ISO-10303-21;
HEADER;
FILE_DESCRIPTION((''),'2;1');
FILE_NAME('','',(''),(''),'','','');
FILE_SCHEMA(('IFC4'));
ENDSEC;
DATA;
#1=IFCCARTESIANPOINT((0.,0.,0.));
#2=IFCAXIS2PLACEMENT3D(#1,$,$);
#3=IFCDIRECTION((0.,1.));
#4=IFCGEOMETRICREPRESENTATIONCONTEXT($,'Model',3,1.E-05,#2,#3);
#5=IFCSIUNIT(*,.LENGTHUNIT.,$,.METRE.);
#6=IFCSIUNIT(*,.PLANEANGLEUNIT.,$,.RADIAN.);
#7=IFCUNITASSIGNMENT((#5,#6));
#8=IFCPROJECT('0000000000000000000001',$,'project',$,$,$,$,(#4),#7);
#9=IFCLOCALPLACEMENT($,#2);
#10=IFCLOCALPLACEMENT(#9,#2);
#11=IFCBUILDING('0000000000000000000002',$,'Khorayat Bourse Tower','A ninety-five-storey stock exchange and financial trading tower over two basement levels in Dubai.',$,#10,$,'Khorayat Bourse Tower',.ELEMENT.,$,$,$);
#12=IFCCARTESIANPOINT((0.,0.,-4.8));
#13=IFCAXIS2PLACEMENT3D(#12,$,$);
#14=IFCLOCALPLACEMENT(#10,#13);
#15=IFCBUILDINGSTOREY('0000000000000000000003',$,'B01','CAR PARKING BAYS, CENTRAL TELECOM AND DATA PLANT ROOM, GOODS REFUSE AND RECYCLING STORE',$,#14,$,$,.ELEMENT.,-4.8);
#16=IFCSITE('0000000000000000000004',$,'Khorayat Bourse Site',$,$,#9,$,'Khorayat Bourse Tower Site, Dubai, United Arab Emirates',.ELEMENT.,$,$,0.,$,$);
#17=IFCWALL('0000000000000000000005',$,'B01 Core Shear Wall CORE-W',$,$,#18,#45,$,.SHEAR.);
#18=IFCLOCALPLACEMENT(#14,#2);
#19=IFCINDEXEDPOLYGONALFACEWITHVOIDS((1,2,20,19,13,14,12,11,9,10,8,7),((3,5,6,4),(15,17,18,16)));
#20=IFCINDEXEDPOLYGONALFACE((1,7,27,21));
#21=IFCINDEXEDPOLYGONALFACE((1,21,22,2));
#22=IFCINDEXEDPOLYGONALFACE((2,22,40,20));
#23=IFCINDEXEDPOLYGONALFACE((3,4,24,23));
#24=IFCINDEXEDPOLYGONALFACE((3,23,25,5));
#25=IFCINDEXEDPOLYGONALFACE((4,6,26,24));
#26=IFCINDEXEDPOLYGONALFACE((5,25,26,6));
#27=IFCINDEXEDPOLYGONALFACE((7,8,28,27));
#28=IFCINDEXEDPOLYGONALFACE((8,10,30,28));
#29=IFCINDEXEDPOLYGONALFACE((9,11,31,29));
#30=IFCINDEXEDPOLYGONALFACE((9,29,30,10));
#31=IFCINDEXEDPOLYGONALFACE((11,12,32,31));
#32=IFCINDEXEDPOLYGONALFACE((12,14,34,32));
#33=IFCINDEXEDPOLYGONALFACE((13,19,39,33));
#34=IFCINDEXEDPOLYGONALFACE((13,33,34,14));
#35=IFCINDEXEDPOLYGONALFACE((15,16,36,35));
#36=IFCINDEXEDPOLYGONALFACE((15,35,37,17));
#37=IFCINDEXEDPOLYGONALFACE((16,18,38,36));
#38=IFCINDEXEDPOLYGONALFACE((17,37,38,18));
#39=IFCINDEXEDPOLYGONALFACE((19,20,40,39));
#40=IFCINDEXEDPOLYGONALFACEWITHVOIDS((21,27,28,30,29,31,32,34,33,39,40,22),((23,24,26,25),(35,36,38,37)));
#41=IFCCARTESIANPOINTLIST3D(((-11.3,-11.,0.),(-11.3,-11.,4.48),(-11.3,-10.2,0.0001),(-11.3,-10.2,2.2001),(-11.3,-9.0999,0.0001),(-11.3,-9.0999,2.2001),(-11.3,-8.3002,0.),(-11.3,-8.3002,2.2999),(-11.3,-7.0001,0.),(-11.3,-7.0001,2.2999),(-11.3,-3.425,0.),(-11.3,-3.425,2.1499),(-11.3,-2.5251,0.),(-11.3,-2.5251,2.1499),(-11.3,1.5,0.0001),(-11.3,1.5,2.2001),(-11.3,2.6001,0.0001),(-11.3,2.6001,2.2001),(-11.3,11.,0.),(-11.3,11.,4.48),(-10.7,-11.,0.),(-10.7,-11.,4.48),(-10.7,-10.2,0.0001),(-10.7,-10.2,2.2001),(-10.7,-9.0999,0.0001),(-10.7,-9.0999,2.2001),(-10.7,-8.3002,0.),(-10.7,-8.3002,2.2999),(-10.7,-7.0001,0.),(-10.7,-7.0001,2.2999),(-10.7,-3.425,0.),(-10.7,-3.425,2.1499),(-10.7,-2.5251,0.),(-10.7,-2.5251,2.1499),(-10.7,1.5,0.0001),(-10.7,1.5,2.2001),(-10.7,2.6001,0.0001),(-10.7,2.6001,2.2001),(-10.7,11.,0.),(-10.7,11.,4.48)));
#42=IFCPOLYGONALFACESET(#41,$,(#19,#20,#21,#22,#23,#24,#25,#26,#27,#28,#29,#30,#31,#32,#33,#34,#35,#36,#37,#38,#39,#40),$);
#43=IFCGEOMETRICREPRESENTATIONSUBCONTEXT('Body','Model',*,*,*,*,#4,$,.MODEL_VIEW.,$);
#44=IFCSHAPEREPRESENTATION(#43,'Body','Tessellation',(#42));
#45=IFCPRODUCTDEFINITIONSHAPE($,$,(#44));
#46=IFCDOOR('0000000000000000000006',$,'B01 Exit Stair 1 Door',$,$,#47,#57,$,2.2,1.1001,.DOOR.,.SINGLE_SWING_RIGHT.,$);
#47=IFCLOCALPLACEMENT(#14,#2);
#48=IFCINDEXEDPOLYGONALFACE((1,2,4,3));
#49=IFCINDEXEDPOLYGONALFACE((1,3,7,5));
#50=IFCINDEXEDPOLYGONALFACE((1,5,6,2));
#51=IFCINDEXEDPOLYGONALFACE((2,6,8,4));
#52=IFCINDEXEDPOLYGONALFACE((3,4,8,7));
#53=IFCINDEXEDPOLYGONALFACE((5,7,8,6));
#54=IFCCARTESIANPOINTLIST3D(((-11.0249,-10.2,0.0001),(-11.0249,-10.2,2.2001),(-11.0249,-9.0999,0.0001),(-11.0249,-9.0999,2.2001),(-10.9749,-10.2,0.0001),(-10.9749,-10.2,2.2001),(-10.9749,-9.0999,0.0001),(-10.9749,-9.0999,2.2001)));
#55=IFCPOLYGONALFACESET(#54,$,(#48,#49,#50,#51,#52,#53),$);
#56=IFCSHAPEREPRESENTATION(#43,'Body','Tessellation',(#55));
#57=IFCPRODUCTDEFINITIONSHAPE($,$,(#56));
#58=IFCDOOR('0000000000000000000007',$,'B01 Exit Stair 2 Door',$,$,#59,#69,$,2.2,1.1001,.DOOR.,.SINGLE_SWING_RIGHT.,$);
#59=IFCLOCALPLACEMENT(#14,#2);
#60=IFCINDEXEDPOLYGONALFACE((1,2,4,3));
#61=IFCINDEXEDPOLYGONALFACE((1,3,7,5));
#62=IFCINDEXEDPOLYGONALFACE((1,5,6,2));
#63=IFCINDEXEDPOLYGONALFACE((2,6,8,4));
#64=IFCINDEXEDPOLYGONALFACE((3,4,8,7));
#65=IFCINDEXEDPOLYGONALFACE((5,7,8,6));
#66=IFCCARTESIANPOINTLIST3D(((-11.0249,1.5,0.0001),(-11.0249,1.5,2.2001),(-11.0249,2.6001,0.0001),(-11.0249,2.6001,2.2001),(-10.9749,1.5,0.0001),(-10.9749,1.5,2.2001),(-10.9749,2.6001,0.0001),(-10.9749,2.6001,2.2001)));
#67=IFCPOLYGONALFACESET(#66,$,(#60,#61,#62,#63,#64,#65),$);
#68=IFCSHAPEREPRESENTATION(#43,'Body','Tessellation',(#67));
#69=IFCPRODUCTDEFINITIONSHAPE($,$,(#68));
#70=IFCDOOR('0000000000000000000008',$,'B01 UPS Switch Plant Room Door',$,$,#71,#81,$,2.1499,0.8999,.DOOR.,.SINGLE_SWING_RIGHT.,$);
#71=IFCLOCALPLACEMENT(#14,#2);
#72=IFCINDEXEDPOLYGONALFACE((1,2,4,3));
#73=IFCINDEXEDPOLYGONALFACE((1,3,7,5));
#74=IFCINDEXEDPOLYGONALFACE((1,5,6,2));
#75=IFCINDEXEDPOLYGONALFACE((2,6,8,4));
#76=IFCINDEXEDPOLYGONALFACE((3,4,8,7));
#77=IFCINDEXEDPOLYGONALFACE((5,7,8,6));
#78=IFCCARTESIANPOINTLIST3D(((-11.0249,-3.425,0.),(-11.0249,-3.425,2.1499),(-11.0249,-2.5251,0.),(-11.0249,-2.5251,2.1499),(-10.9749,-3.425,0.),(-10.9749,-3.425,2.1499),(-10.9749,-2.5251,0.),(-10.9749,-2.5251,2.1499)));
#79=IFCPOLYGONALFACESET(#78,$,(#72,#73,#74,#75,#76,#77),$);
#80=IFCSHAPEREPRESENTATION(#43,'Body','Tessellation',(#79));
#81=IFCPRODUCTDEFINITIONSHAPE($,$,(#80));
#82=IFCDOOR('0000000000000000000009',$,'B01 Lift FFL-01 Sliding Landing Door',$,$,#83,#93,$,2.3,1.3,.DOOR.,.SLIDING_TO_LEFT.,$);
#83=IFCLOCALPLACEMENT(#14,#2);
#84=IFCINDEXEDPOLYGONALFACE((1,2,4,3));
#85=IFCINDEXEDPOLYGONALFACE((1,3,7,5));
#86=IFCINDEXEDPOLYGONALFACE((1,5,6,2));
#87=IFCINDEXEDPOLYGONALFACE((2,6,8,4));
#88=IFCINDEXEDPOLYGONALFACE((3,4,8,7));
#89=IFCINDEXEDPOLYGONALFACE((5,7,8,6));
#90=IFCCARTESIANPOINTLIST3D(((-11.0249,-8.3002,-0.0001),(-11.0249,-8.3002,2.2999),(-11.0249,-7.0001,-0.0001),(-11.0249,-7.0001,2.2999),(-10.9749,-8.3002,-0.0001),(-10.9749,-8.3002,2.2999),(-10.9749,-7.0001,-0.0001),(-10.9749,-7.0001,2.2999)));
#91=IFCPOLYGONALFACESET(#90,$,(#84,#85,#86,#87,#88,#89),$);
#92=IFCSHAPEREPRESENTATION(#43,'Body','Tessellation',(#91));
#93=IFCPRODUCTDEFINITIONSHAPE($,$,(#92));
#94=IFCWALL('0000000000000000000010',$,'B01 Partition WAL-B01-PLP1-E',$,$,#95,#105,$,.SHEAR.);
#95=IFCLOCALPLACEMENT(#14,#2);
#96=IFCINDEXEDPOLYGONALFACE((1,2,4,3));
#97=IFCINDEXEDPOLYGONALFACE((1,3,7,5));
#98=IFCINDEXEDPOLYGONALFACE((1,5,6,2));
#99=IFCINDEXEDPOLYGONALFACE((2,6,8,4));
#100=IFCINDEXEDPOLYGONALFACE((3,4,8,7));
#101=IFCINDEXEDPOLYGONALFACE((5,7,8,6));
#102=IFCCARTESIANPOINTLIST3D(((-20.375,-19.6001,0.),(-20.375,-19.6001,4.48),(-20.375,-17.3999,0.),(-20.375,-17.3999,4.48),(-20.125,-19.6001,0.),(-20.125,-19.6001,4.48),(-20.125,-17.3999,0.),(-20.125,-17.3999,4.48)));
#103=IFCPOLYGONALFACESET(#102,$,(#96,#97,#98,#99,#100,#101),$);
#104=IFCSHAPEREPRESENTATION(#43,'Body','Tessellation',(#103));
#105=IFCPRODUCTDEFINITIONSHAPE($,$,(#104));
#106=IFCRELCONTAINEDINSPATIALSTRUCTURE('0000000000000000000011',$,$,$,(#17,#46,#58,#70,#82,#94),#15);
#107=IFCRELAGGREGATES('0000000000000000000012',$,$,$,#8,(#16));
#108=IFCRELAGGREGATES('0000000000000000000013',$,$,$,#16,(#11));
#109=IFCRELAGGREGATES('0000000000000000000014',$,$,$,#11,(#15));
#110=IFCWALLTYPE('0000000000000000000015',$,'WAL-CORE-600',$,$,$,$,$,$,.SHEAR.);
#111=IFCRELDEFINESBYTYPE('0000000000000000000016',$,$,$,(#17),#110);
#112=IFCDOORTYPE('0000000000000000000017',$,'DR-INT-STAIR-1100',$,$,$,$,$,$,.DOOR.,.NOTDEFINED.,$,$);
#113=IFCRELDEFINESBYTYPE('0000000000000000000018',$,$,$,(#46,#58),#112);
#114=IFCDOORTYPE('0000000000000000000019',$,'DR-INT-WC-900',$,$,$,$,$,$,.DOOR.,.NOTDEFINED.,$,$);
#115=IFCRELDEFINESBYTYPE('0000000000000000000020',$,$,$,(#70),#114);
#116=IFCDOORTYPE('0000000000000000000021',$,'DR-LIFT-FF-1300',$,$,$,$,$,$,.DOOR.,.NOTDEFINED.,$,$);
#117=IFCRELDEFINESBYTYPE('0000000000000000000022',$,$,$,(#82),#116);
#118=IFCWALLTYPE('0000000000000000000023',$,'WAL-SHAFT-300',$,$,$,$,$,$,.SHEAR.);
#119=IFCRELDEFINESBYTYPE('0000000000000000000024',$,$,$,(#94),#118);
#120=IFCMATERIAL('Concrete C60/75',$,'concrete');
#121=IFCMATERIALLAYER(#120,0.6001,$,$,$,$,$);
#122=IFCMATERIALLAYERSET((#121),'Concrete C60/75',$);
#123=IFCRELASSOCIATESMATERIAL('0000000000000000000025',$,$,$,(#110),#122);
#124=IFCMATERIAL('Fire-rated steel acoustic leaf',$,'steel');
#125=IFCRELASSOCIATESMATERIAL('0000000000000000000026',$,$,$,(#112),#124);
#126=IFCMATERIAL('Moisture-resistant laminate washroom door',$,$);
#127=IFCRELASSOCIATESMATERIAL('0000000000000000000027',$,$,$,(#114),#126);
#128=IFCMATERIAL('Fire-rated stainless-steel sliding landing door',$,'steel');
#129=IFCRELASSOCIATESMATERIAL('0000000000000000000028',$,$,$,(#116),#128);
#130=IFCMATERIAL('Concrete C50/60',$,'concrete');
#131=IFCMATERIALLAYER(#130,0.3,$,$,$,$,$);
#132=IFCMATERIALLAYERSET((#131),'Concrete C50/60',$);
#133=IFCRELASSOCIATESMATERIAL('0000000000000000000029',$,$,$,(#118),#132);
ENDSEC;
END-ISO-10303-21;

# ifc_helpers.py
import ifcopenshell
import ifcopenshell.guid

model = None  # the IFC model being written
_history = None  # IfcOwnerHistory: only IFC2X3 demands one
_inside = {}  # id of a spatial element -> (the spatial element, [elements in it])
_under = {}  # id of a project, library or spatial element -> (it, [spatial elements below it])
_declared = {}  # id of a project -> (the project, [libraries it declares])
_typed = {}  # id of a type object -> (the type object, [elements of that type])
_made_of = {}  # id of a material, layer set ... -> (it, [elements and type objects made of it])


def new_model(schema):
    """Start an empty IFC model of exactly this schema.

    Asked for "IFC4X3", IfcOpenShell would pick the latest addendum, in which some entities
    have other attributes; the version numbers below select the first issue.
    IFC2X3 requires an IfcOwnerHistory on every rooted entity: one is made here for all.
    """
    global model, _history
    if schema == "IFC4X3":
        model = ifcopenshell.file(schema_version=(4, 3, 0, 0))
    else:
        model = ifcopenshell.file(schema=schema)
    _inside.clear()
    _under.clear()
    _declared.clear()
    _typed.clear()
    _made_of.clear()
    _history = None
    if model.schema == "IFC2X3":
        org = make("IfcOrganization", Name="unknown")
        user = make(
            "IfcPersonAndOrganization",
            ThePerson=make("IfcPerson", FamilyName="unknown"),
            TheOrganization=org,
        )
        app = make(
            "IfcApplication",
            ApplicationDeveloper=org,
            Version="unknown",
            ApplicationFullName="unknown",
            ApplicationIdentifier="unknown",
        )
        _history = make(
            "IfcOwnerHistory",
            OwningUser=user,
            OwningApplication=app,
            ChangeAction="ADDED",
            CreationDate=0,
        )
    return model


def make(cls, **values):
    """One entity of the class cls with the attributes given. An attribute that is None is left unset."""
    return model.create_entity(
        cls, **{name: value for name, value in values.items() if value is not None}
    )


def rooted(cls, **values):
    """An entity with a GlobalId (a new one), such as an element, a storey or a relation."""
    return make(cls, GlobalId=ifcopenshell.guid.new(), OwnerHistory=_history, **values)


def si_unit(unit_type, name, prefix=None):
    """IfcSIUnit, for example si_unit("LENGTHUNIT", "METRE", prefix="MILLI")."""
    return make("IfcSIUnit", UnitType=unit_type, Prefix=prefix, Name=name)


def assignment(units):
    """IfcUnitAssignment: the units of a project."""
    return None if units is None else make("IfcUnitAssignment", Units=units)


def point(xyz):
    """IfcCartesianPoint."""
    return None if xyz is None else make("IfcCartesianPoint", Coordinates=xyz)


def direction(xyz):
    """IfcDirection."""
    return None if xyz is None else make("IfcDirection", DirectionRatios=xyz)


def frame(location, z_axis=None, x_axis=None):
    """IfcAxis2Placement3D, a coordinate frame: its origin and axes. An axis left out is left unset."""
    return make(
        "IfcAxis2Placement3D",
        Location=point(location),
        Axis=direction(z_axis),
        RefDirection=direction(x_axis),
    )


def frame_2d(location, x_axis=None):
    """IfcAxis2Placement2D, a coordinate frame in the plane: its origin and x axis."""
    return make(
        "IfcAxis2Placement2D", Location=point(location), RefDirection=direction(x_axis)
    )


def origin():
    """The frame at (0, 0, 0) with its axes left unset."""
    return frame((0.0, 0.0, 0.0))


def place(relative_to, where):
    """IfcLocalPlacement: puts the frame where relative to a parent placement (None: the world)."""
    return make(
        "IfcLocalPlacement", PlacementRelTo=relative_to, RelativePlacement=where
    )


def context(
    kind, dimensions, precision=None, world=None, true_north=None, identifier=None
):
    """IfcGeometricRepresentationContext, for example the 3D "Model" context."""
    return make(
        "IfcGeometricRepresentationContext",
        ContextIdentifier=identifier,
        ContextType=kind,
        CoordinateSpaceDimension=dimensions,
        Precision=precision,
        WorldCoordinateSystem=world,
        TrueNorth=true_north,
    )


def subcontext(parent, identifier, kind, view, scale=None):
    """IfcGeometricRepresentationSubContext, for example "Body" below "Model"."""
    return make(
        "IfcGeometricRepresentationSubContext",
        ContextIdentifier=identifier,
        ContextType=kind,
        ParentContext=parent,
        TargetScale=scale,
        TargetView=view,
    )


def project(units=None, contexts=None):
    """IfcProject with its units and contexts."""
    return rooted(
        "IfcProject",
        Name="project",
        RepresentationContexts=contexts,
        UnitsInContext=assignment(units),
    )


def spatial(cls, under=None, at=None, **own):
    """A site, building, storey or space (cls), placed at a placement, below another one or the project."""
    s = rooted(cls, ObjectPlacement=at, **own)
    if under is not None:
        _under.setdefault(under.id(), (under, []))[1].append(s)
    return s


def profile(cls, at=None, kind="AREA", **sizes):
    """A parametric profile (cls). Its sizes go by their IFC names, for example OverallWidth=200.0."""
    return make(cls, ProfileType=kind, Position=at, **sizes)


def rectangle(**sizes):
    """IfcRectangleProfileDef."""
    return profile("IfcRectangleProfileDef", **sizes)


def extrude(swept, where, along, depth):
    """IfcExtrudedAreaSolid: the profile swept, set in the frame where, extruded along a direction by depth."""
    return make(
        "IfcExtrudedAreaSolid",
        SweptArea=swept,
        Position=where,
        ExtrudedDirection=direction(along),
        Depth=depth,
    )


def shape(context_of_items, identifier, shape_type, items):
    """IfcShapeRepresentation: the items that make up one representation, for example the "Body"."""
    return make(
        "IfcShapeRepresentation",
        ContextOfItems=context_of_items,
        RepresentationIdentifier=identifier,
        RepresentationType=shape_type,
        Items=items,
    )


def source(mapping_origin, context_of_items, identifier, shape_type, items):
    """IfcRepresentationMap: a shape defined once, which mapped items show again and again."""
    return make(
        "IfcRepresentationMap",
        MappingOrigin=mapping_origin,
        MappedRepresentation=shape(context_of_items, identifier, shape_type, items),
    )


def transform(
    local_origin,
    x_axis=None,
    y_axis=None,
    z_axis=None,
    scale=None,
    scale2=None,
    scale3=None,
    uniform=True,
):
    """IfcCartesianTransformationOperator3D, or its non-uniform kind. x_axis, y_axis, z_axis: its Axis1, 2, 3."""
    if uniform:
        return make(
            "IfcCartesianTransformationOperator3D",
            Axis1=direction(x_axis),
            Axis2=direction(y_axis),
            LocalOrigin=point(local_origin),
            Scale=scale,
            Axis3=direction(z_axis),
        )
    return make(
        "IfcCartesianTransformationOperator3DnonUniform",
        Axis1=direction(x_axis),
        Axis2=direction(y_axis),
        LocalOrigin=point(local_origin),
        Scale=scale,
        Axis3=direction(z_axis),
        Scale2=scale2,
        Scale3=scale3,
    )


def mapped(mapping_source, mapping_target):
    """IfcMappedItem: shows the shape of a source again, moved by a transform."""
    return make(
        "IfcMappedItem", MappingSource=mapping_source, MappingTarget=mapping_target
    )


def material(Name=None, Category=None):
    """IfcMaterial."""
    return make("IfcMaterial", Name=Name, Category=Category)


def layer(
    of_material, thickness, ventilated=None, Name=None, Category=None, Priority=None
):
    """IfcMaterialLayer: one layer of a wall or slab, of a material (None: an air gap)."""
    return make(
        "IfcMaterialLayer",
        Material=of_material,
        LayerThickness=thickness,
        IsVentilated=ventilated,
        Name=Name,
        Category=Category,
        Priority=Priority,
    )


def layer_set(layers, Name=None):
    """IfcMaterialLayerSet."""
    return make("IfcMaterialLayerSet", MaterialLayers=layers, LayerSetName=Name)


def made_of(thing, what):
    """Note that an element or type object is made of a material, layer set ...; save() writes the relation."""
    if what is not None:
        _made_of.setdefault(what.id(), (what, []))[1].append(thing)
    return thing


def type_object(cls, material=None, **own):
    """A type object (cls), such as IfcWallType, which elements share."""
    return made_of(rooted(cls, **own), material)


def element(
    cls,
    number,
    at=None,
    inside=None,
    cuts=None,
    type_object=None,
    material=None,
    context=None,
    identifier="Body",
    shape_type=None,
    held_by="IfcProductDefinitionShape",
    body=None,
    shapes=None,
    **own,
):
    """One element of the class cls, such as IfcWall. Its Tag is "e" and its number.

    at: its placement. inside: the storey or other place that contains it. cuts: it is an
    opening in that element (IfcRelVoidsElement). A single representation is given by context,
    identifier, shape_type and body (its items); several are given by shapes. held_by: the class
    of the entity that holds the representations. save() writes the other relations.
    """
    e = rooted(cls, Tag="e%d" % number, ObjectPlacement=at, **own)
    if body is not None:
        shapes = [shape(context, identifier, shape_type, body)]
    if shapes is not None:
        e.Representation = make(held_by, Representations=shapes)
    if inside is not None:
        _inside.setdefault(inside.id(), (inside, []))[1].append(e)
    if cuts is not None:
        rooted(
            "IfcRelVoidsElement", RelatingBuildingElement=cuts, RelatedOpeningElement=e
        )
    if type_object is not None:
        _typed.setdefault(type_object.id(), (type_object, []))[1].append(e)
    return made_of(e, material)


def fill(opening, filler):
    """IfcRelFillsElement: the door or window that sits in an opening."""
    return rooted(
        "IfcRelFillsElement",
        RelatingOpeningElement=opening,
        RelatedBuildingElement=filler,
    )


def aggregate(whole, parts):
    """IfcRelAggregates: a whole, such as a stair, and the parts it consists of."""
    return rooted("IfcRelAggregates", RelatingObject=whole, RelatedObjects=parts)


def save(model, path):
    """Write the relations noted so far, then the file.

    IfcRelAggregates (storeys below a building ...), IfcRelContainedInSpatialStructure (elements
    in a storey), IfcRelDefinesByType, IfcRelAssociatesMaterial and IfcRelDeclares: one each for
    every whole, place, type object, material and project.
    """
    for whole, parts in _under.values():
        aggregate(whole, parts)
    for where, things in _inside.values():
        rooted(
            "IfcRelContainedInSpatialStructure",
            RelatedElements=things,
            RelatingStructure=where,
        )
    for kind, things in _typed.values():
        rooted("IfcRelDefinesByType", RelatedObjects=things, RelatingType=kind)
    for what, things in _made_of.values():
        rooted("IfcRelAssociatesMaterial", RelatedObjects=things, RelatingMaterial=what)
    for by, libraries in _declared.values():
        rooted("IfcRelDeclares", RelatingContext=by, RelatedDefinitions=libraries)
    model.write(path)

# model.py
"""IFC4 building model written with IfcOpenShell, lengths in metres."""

from ifc_helpers import new_model, si_unit, direction, frame, frame_2d, origin, place, context, subcontext, project, spatial, rectangle, extrude, source, transform, mapped, material, layer, layer_set, type_object, element, fill, save


model = new_model("IFC4")

# Units and contexts
model_context = context("Model", 3, precision=1e-05, world=origin(), true_north=direction((0.0, 1.0)))
body_context = subcontext(model_context, "Body", "Model", "MODEL_VIEW")
ifc_project = project(units=[si_unit("LENGTHUNIT", "METRE"), si_unit("PLANEANGLEUNIT", "RADIAN")], contexts=[model_context])

# Site, building, storey
site_placement = place(None, origin())
site = spatial("IfcSite", under=ifc_project, at=site_placement, Name="Khorayat Bourse Site", LongName="Khorayat Bourse Tower Site, Dubai, United Arab Emirates", CompositionType="ELEMENT", RefElevation=0.0)
building_placement = place(site_placement, origin())
building = spatial("IfcBuilding", under=site, at=building_placement, Name="Khorayat Bourse Tower", Description="A ninety-five-storey stock exchange and financial trading tower over two basement levels in Dubai.", LongName="Khorayat Bourse Tower", CompositionType="ELEMENT")
storey_placement = place(building_placement, frame((0.0, 0.0, -4.8)))
storey = spatial("IfcBuildingStorey", under=building, at=storey_placement, Name="B01", Description="CAR PARKING BAYS, CENTRAL TELECOM AND DATA PLANT ROOM, GOODS REFUSE AND RECYCLING STORE", CompositionType="ELEMENT", Elevation=-4.8)

# Wall, openings, doors
ifc_material_1 = material(Name="Concrete C60/75", Category="concrete")
ifc_layer_1 = layer(ifc_material_1, 0.6001)
ifc_layer_set_1 = layer_set([ifc_layer_1], Name="Concrete C60/75")
wall_type_1 = type_object("IfcWallType", Name="WAL-CORE-600", PredefinedType="SHEAR", material=ifc_layer_set_1)
shared_shape_1 = source(origin(), body_context, "Body", "SweptSolid", [
    extrude(rectangle(XDim=22.0, YDim=0.6001, at=frame_2d((11.0, 0.0))), origin(), (0.0, 0.0, 1.0), 4.48),
])
wall_1_placement = place(storey_placement, frame((-11.0, -11.0, 0.0), z_axis=(0.0, 0.0, 1.0), x_axis=(0.0, 1.0, 0.0)))
wall_1 = element("IfcWall", 1, at=wall_1_placement, inside=storey, type_object=wall_type_1, Name="B01 Core Shear Wall CORE-W", PredefinedType="SHEAR", context=body_context, shape_type="MappedRepresentation", body=[
    mapped(shared_shape_1, transform((0.0, 0.0, 0.0), scale=1.0)),
])
shared_shape_2 = source(origin(), body_context, "Body", "SweptSolid", [
    extrude(rectangle(XDim=1.1001, YDim=2.2, at=frame_2d((0.55, 1.1001))), frame((0.0, 0.3101, 0.0), z_axis=(0.0, -1.0, 0.0), x_axis=(1.0, 0.0, 0.0)), (0.0, 0.0, 1.0), 0.6201),
])
opening_1_placement = place(wall_1_placement, frame((0.8, 0.0, 0.0)))
opening_1 = element("IfcOpeningElement", 2, at=opening_1_placement, cuts=wall_1, PredefinedType="OPENING", context=body_context, shape_type="MappedRepresentation", body=[
    mapped(shared_shape_2, transform((0.0, 0.0, 0.0), scale=1.0)),
])
opening_2_placement = place(wall_1_placement, frame((12.5, 0.0, 0.0)))
opening_2 = element("IfcOpeningElement", 3, at=opening_2_placement, cuts=wall_1, PredefinedType="OPENING", context=body_context, shape_type="MappedRepresentation", body=[
    mapped(shared_shape_2, transform((0.0, 0.0, 0.0), scale=1.0)),
])
shared_shape_3 = source(origin(), body_context, "Body", "SweptSolid", [
    extrude(rectangle(XDim=0.8999, YDim=2.1499, at=frame_2d((0.45, 1.075))), frame((0.0, 0.3101, 0.0), z_axis=(0.0, -1.0, 0.0), x_axis=(1.0, 0.0, 0.0)), (0.0, 0.0, 1.0), 0.6201),
])
opening_3_placement = place(wall_1_placement, frame((7.575, 0.0, 0.0)))
opening_3 = element("IfcOpeningElement", 4, at=opening_3_placement, cuts=wall_1, PredefinedType="OPENING", context=body_context, shape_type="MappedRepresentation", body=[
    mapped(shared_shape_3, transform((0.0, 0.0, 0.0), scale=1.0)),
])
shared_shape_4 = source(origin(), body_context, "Body", "SweptSolid", [
    extrude(rectangle(XDim=1.3, YDim=2.3, at=frame_2d((0.6499, 1.1499))), frame((0.0, 0.3101, 0.0), z_axis=(0.0, -1.0, 0.0), x_axis=(1.0, 0.0, 0.0)), (0.0, 0.0, 1.0), 0.6201),
])
opening_4_placement = place(wall_1_placement, frame((2.7, 0.0, 0.0)))
opening_4 = element("IfcOpeningElement", 5, at=opening_4_placement, cuts=wall_1, PredefinedType="OPENING", context=body_context, shape_type="MappedRepresentation", body=[
    mapped(shared_shape_4, transform((0.0, 0.0, 0.0), scale=1.0)),
])
ifc_material_2 = material(Name="Fire-rated steel acoustic leaf", Category="steel")
door_type_1 = type_object("IfcDoorType", Name="DR-INT-STAIR-1100", OperationType="NOTDEFINED", PredefinedType="DOOR", material=ifc_material_2)
shared_shape_5 = source(origin(), body_context, "Body", "SweptSolid", [
    extrude(rectangle(XDim=1.1001, YDim=2.2, at=frame_2d((0.55, 1.1001))), frame((0.0, 0.0249, 0.0), z_axis=(0.0, -1.0, 0.0), x_axis=(1.0, 0.0, 0.0)), (0.0, 0.0, 1.0), 0.05),
])
door_1_placement = place(opening_1_placement, origin())
door_1 = element("IfcDoor", 6, at=door_1_placement, inside=storey, type_object=door_type_1, Name="B01 Exit Stair 1 Door", OperationType="SINGLE_SWING_RIGHT", OverallHeight=2.2, OverallWidth=1.1001, PredefinedType="DOOR", context=body_context, shape_type="MappedRepresentation", body=[
    mapped(shared_shape_5, transform((0.0, 0.0, 0.0), scale=1.0)),
])
fill(opening_1, door_1)
door_2_placement = place(opening_2_placement, origin())
door_2 = element("IfcDoor", 7, at=door_2_placement, inside=storey, type_object=door_type_1, Name="B01 Exit Stair 2 Door", OperationType="SINGLE_SWING_RIGHT", OverallHeight=2.2, OverallWidth=1.1001, PredefinedType="DOOR", context=body_context, shape_type="MappedRepresentation", body=[
    mapped(shared_shape_5, transform((0.0, 0.0, 0.0), scale=1.0)),
])
fill(opening_2, door_2)
ifc_material_3 = material(Name="Moisture-resistant laminate washroom door")
door_type_2 = type_object("IfcDoorType", Name="DR-INT-WC-900", OperationType="NOTDEFINED", PredefinedType="DOOR", material=ifc_material_3)
shared_shape_6 = source(origin(), body_context, "Body", "SweptSolid", [
    extrude(rectangle(XDim=0.8999, YDim=2.1499, at=frame_2d((0.45, 1.075))), frame((0.0, 0.0249, 0.0), z_axis=(0.0, -1.0, 0.0), x_axis=(1.0, 0.0, 0.0)), (0.0, 0.0, 1.0), 0.05),
])
door_3_placement = place(opening_3_placement, origin())
door_3 = element("IfcDoor", 8, at=door_3_placement, inside=storey, type_object=door_type_2, Name="B01 UPS Switch Plant Room Door", OperationType="SINGLE_SWING_RIGHT", OverallHeight=2.1499, OverallWidth=0.8999, PredefinedType="DOOR", context=body_context, shape_type="MappedRepresentation", body=[
    mapped(shared_shape_6, transform((0.0, 0.0, 0.0), scale=1.0)),
])
fill(opening_3, door_3)
ifc_material_4 = material(Name="Fire-rated stainless-steel sliding landing door", Category="steel")
door_type_3 = type_object("IfcDoorType", Name="DR-LIFT-FF-1300", OperationType="NOTDEFINED", PredefinedType="DOOR", material=ifc_material_4)
shared_shape_7 = source(origin(), body_context, "Body", "SweptSolid", [
    extrude(rectangle(XDim=1.3, YDim=2.3, at=frame_2d((0.6499, 1.1499))), frame((0.0, 0.0249, 0.0), z_axis=(0.0, -1.0, 0.0), x_axis=(1.0, 0.0, 0.0)), (0.0, 0.0, 1.0), 0.05),
])
door_4_placement = place(opening_4_placement, origin())
door_4 = element("IfcDoor", 9, at=door_4_placement, inside=storey, type_object=door_type_3, Name="B01 Lift FFL-01 Sliding Landing Door", OperationType="SLIDING_TO_LEFT", OverallHeight=2.3, OverallWidth=1.3, PredefinedType="DOOR", context=body_context, shape_type="MappedRepresentation", body=[
    mapped(shared_shape_7, transform((0.0, 0.0, 0.0), scale=1.0)),
])
fill(opening_4, door_4)

# Wall
ifc_material_5 = material(Name="Concrete C50/60", Category="concrete")
ifc_layer_2 = layer(ifc_material_5, 0.3)
ifc_layer_set_2 = layer_set([ifc_layer_2], Name="Concrete C50/60")
wall_type_2 = type_object("IfcWallType", Name="WAL-SHAFT-300", PredefinedType="SHEAR", material=ifc_layer_set_2)
shared_shape_8 = source(origin(), body_context, "Body", "SweptSolid", [
    extrude(rectangle(XDim=2.2002, YDim=0.25, at=frame_2d((1.1001, 0.0))), origin(), (0.0, 0.0, 1.0), 4.48),
])
wall_2_placement = place(storey_placement, frame((-20.25, -19.6001, 0.0), z_axis=(0.0, 0.0, 1.0), x_axis=(0.0, 1.0, 0.0)))
element("IfcWall", 10, at=wall_2_placement, inside=storey, type_object=wall_type_2, Name="B01 Partition WAL-B01-PLP1-E", PredefinedType="SHEAR", context=body_context, shape_type="MappedRepresentation", body=[
    mapped(shared_shape_8, transform((0.0, 0.0, 0.0), scale=1.0)),
])

save(model, "model.ifc")
